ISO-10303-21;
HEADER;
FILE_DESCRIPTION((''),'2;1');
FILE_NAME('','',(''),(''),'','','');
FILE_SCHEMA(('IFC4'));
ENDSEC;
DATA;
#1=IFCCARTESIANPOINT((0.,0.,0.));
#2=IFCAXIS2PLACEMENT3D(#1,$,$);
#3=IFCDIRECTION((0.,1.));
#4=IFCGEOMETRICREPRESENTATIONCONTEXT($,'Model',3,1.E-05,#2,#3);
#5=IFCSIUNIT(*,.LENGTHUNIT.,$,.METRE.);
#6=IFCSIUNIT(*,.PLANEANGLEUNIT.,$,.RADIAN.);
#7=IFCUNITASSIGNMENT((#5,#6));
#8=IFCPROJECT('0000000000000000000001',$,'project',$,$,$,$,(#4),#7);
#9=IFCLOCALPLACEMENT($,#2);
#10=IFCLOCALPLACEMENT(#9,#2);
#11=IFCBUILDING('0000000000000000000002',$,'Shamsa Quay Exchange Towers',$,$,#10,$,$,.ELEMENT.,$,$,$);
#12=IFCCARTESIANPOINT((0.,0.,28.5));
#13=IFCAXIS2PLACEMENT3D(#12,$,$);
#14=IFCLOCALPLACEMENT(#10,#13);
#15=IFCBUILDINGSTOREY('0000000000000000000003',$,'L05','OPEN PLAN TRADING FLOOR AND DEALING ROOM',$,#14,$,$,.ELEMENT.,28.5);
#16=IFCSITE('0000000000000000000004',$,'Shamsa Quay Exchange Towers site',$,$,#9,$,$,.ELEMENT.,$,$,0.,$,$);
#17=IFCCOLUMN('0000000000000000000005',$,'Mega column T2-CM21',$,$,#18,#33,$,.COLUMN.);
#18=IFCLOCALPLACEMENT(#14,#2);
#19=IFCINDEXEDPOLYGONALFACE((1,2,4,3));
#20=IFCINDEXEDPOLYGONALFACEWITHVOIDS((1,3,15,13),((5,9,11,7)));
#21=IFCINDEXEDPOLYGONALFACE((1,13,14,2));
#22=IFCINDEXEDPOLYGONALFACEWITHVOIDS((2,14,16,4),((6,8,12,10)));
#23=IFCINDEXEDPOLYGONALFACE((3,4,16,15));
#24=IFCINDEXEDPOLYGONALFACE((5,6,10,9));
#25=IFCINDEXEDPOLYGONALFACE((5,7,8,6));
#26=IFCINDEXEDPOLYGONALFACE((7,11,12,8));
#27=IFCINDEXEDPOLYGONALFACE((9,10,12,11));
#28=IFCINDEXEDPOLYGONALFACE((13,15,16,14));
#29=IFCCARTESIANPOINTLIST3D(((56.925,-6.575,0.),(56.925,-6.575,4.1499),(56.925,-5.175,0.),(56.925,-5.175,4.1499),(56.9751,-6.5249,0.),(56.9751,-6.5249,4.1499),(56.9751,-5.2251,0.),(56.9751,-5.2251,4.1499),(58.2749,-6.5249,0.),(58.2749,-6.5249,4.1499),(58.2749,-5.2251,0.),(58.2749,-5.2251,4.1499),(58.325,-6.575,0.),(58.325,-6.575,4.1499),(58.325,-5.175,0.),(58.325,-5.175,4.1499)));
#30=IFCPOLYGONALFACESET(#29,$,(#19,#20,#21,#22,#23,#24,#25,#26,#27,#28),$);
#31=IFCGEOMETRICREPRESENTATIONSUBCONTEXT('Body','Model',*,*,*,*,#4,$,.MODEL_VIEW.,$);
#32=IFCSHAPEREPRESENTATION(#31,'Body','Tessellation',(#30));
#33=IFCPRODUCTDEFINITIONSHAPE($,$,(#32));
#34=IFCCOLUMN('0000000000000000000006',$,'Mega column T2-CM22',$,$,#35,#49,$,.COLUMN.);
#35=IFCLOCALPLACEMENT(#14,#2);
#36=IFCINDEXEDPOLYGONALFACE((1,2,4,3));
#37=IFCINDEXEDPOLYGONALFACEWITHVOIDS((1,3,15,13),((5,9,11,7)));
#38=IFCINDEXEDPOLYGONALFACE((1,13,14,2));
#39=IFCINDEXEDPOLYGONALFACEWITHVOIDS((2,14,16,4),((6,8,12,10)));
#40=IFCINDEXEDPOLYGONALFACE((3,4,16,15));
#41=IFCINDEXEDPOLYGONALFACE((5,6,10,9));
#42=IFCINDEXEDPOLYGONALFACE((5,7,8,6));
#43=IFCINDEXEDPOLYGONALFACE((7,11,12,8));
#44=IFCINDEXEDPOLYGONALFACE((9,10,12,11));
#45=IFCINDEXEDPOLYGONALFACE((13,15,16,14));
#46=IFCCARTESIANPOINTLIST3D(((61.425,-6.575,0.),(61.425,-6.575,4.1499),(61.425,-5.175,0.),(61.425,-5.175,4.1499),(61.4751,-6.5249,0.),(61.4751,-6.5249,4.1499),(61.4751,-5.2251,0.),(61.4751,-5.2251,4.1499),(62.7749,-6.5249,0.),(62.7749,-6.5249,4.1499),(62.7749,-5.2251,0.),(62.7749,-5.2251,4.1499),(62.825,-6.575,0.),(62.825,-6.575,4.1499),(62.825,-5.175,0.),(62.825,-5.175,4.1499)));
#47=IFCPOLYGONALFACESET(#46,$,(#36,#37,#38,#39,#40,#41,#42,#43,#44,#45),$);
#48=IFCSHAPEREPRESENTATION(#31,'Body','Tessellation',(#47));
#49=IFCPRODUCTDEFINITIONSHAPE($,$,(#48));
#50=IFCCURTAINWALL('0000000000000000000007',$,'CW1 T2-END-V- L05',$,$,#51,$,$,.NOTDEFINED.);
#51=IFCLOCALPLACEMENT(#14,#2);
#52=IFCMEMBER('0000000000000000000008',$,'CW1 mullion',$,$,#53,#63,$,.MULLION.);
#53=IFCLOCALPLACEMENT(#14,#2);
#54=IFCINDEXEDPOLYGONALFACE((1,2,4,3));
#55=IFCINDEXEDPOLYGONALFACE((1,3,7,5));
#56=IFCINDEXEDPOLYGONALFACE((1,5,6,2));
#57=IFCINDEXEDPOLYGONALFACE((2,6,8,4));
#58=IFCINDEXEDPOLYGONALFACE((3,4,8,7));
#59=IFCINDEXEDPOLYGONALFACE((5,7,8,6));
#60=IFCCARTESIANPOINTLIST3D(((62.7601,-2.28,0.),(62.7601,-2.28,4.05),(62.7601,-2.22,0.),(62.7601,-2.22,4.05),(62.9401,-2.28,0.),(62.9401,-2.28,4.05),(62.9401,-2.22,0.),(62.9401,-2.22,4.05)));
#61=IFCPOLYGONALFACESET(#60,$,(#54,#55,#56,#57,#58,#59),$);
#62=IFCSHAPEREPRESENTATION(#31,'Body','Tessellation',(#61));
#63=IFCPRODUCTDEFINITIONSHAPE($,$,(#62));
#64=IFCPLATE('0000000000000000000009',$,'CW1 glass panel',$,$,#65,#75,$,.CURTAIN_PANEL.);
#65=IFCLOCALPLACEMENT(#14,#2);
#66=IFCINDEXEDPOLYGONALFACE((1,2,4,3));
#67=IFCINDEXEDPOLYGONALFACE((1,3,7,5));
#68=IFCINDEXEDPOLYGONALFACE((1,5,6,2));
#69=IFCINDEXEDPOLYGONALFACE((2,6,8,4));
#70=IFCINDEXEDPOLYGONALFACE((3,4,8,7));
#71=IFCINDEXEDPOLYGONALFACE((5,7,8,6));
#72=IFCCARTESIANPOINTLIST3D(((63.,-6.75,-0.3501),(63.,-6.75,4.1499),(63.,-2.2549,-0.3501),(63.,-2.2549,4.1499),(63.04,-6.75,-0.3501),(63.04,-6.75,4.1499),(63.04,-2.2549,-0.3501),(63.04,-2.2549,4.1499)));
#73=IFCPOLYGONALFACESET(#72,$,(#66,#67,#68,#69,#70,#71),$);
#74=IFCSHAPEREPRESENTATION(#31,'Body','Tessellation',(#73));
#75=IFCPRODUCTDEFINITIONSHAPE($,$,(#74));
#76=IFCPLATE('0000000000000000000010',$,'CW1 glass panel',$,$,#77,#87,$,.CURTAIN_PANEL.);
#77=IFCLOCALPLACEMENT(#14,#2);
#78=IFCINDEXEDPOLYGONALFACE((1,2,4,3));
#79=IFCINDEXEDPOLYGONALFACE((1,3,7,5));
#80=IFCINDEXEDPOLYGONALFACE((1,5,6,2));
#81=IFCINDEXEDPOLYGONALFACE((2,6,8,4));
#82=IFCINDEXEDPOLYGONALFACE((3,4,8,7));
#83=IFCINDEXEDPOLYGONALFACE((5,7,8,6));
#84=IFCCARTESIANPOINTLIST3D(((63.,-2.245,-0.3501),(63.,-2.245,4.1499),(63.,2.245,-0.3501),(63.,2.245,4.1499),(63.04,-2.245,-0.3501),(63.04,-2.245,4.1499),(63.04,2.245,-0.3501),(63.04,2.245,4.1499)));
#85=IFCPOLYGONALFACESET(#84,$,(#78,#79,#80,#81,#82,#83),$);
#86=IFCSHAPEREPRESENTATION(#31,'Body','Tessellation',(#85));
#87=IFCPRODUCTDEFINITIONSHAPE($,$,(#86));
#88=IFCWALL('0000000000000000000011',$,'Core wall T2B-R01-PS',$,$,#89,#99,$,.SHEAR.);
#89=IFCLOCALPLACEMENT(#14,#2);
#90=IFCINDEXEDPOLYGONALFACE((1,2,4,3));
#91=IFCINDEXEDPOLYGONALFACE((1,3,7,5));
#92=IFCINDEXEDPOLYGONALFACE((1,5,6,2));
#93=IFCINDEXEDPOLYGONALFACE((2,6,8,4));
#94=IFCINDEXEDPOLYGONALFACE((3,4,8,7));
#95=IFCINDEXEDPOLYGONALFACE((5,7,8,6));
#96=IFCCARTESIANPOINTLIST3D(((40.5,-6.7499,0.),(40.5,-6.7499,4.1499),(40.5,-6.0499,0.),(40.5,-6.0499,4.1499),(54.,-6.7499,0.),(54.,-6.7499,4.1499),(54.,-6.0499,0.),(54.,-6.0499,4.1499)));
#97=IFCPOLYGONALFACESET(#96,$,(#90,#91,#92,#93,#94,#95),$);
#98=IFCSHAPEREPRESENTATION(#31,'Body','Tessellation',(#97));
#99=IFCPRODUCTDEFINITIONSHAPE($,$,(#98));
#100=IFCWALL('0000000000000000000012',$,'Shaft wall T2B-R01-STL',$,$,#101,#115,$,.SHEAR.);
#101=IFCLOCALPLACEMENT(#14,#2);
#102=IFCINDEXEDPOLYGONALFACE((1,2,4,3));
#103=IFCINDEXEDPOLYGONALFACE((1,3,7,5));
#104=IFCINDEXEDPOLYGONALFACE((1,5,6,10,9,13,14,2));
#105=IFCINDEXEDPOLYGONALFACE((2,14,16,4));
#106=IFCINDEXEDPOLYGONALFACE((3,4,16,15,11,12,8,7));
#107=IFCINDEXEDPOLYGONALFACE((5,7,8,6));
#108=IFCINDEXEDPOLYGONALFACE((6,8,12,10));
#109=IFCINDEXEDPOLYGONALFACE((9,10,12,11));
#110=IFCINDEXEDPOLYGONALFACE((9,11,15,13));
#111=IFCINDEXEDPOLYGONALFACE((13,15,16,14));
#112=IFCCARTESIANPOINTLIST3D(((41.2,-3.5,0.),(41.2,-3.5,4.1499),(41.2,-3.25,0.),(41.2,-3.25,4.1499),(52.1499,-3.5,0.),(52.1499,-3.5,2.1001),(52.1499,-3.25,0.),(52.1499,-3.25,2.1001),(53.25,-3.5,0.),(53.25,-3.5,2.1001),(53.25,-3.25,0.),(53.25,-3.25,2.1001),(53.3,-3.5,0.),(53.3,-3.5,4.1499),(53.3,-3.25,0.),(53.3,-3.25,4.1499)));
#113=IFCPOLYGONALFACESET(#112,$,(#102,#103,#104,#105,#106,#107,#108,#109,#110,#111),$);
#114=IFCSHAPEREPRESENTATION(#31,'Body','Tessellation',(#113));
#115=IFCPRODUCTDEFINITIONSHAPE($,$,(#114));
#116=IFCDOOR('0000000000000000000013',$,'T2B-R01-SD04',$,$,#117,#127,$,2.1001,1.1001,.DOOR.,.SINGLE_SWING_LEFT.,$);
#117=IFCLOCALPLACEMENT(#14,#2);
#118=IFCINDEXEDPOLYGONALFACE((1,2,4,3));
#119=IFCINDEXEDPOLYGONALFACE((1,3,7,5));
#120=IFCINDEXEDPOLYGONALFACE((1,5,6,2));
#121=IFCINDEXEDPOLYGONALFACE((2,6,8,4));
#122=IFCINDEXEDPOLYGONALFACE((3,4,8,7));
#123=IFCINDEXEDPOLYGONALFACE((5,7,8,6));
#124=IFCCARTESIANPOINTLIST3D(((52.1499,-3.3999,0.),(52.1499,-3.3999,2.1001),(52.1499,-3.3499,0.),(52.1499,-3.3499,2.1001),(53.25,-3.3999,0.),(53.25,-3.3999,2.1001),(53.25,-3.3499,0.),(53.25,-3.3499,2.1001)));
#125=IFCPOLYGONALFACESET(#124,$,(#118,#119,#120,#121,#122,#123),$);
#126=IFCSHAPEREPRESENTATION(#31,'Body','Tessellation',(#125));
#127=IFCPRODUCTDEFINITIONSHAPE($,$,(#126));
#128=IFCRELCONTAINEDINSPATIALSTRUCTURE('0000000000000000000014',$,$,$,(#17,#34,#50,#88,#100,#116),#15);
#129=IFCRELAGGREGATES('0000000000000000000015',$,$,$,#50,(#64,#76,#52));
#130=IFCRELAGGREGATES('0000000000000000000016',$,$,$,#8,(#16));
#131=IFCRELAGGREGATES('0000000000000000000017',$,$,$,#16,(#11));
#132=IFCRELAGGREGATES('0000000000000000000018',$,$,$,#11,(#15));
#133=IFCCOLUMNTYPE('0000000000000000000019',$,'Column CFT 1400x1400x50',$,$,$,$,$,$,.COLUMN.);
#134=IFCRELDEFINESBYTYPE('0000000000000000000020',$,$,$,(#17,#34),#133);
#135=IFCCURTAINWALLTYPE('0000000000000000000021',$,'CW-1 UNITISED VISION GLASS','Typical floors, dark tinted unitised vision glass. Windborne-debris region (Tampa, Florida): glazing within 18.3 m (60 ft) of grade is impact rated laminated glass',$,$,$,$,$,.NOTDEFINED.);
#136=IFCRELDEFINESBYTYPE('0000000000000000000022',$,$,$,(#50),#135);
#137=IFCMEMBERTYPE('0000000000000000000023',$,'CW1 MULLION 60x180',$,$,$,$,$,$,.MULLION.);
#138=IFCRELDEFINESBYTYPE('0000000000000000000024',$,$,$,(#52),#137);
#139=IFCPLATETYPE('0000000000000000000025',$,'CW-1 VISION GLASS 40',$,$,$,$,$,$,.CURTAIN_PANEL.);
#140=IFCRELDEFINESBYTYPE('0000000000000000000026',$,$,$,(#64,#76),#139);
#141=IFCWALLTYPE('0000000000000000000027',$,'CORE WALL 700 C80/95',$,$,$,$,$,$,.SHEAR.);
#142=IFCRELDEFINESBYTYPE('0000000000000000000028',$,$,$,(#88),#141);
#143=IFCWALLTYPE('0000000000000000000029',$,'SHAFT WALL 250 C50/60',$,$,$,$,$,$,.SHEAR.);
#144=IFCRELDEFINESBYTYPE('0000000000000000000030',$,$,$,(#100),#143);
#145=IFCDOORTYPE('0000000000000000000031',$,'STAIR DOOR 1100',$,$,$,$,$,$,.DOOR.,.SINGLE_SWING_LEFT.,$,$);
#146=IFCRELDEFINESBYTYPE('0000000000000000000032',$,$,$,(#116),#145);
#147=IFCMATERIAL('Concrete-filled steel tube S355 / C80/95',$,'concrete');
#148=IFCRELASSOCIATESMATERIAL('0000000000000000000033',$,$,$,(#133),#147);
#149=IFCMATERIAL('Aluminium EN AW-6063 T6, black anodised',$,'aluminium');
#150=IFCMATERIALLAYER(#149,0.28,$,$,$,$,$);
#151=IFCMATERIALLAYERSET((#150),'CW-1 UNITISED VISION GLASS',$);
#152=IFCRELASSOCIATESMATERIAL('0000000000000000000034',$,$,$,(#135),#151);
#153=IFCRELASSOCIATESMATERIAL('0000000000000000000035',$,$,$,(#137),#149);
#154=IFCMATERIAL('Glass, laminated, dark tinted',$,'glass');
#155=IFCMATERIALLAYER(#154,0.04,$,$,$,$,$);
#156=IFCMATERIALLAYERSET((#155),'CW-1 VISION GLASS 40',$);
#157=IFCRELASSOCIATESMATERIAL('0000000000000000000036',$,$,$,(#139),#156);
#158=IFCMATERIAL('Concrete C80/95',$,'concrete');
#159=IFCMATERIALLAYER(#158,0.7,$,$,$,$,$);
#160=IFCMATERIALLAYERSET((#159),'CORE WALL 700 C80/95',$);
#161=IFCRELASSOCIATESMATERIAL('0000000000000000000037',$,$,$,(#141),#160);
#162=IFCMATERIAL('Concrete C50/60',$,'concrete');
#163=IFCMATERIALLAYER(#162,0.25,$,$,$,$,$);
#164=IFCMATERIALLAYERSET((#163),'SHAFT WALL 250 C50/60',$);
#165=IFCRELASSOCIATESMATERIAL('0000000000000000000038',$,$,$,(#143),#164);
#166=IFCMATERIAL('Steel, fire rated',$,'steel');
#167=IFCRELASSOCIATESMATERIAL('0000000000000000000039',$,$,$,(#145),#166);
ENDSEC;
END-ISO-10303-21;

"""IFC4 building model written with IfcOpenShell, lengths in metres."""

from ifc_helpers import new_model, si_unit, direction, frame, frame_2d, origin, origin_2d, place, context, subcontext, project, spatial, rectangle, hollow_rectangle, extrude, material, layer, layer_set, material_profile, profile_set, type_object, element, fill, aggregate, save


model = new_model("IFC4")

# Units and contexts
model_context = context("Model", 3, precision=1e-05, world=origin(), true_north=direction((0.0, 1.0)))
body_context = subcontext(model_context, "Body", "Model", "MODEL_VIEW")
ifc_project = project(units=[si_unit("LENGTHUNIT", "METRE"), si_unit("PLANEANGLEUNIT", "RADIAN")], contexts=[model_context])

# Site, building, storey
site_placement = place(None, origin())
site = spatial("IfcSite", under=ifc_project, at=site_placement, Name="Shamsa Quay Exchange Towers site", CompositionType="ELEMENT", RefElevation=0.0)
building_placement = place(site_placement, origin())
building = spatial("IfcBuilding", under=site, at=building_placement, Name="Shamsa Quay Exchange Towers", CompositionType="ELEMENT")
storey_placement = place(building_placement, frame((0.0, 0.0, 28.5)))
storey = spatial("IfcBuildingStorey", under=building, at=storey_placement, Name="L05", Description="OPEN PLAN TRADING FLOOR AND DEALING ROOM", CompositionType="ELEMENT", Elevation=28.5)

# Columns
ifc_material_1 = material(Name="Concrete-filled steel tube S355 / C80/95", Category="concrete")
ifc_material_profile_1 = material_profile(ifc_material_1, hollow_rectangle(XDim=1.3999, YDim=1.3999, WallThickness=0.05, at=origin_2d()), Name="CFT 1400x1400x50")
ifc_profile_set_1 = profile_set([ifc_material_profile_1], Name="Concrete-filled steel tube S355 / C80/95")
column_type = type_object("IfcColumnType", Name="Column CFT 1400x1400x50", PredefinedType="COLUMN", material=ifc_profile_set_1)
for number, where, name in (
    (1, (57.625, -5.875, 0.0), "Mega column T2-CM21"),
    (2, (62.125, -5.875, 0.0), "Mega column T2-CM22"),
):
    element("IfcColumn", number, at=place(storey_placement, frame(where)), inside=storey, type_object=column_type, Name=name, PredefinedType="COLUMN", context=body_context, shape_type="SweptSolid", body=[
        extrude(hollow_rectangle(XDim=1.3999, YDim=1.3999, WallThickness=0.05, at=origin_2d()), origin(), (0.0, 0.0, 1.0), 4.1499),
    ])

# Curtain wall, member, plates
ifc_material_2 = material(Name="Aluminium EN AW-6063 T6, black anodised", Category="aluminium")
ifc_layer_1 = layer(ifc_material_2, 0.28)
ifc_layer_set_1 = layer_set([ifc_layer_1], Name="CW-1 UNITISED VISION GLASS")
curtain_wall_type = type_object("IfcCurtainWallType", Name="CW-1 UNITISED VISION GLASS", Description="Typical floors, dark tinted unitised vision glass. Windborne-debris region (Tampa, Florida): glazing within 18.3 m (60 ft) of grade is impact rated laminated glass", PredefinedType="NOTDEFINED", material=ifc_layer_set_1)
curtain_wall_placement = place(storey_placement, origin())
curtain_wall = element("IfcCurtainWall", 3, at=curtain_wall_placement, inside=storey, type_object=curtain_wall_type, Name="CW1 T2-END-V- L05", PredefinedType="NOTDEFINED")
ifc_material_profile_2 = material_profile(ifc_material_2, rectangle(XDim=0.1799, YDim=0.0601, at=origin_2d()), Name="MU60x180")
ifc_profile_set_2 = profile_set([ifc_material_profile_2], Name="Aluminium EN AW-6063 T6, black anodised")
member_type = type_object("IfcMemberType", Name="CW1 MULLION 60x180", PredefinedType="MULLION", material=ifc_profile_set_2)
member_placement = place(storey_placement, frame((62.8501, -2.25, 0.0), z_axis=(0.0, 0.0, 1.0), x_axis=(-1.0, 0.0, 0.0)))
member = element("IfcMember", 4, at=member_placement, type_object=member_type, Name="CW1 mullion", PredefinedType="MULLION", context=body_context, shape_type="SweptSolid", body=[
    extrude(rectangle(XDim=0.1799, YDim=0.0601, at=origin_2d()), origin(), (0.0, 0.0, 1.0), 4.05),
])
ifc_material_3 = material(Name="Glass, laminated, dark tinted", Category="glass")
ifc_layer_2 = layer(ifc_material_3, 0.04)
ifc_layer_set_2 = layer_set([ifc_layer_2], Name="CW-1 VISION GLASS 40")
plate_type = type_object("IfcPlateType", Name="CW-1 VISION GLASS 40", PredefinedType="CURTAIN_PANEL", material=ifc_layer_set_2)
plate_1_placement = place(storey_placement, frame((63.02, -4.5024, -0.3501), z_axis=(0.0, 0.0, 1.0), x_axis=(0.0, 1.0, 0.0)))
plate_1 = element("IfcPlate", 5, at=plate_1_placement, type_object=plate_type, Name="CW1 glass panel", PredefinedType="CURTAIN_PANEL", context=body_context, shape_type="SweptSolid", body=[
    extrude(rectangle(XDim=4.4951, YDim=0.04, at=origin_2d()), origin(), (0.0, 0.0, 1.0), 4.5),
])
plate_2_placement = place(storey_placement, frame((63.02, 0.0, -0.3501), z_axis=(0.0, 0.0, 1.0), x_axis=(0.0, 1.0, 0.0)))
plate_2 = element("IfcPlate", 6, at=plate_2_placement, type_object=plate_type, Name="CW1 glass panel", PredefinedType="CURTAIN_PANEL", context=body_context, shape_type="SweptSolid", body=[
    extrude(rectangle(XDim=4.49, YDim=0.04, at=origin_2d()), origin(), (0.0, 0.0, 1.0), 4.5),
])
aggregate(curtain_wall, [plate_1, plate_2, member])

# Wall
ifc_material_4 = material(Name="Concrete C80/95", Category="concrete")
ifc_layer_3 = layer(ifc_material_4, 0.7)
ifc_layer_set_3 = layer_set([ifc_layer_3], Name="CORE WALL 700 C80/95")
wall_type_1 = type_object("IfcWallType", Name="CORE WALL 700 C80/95", PredefinedType="SHEAR", material=ifc_layer_set_3)
wall_1_placement = place(storey_placement, frame((54.0, -6.3999, 0.0), z_axis=(0.0, 0.0, 1.0), x_axis=(-1.0, 0.0, 0.0)))
element("IfcWall", 7, at=wall_1_placement, inside=storey, type_object=wall_type_1, Name="Core wall T2B-R01-PS", PredefinedType="SHEAR", context=body_context, shape_type="SweptSolid", body=[
    extrude(rectangle(XDim=13.5, YDim=0.7, at=frame_2d((6.75, 0.0))), origin(), (0.0, 0.0, 1.0), 4.1499),
])

# Wall, opening, door
ifc_material_5 = material(Name="Steel, fire rated", Category="steel")
ifc_material_6 = material(Name="Concrete C50/60", Category="concrete")
ifc_layer_4 = layer(ifc_material_6, 0.25)
ifc_layer_set_4 = layer_set([ifc_layer_4], Name="SHAFT WALL 250 C50/60")
wall_type_2 = type_object("IfcWallType", Name="SHAFT WALL 250 C50/60", PredefinedType="SHEAR", material=ifc_layer_set_4)
wall_2_placement = place(storey_placement, frame((53.3, -3.375, 0.0), z_axis=(0.0, 0.0, 1.0), x_axis=(-1.0, 0.0, 0.0)))
wall_2 = element("IfcWall", 8, at=wall_2_placement, inside=storey, type_object=wall_type_2, Name="Shaft wall T2B-R01-STL", PredefinedType="SHEAR", context=body_context, shape_type="SweptSolid", body=[
    extrude(rectangle(XDim=12.1001, YDim=0.25, at=frame_2d((6.05, 0.0))), origin(), (0.0, 0.0, 1.0), 4.1499),
])
opening_1_placement = place(wall_2_placement, frame((0.05, 0.0, 0.0)))
opening_1 = element("IfcOpeningElement", 9, at=opening_1_placement, cuts=wall_2, PredefinedType="OPENING", context=body_context, shape_type="SweptSolid", body=[
    extrude(rectangle(XDim=1.1001, YDim=2.1001, at=frame_2d((0.55, 1.05))), frame((0.0, 0.135, 0.0), z_axis=(0.0, -1.0, 0.0), x_axis=(1.0, 0.0, 0.0)), (0.0, 0.0, 1.0), 0.27),
])
door_type_1 = type_object("IfcDoorType", Name="STAIR DOOR 1100", OperationType="SINGLE_SWING_LEFT", PredefinedType="DOOR", material=ifc_material_5)
door_1_placement = place(opening_1_placement, origin())
door_1 = element("IfcDoor", 10, at=door_1_placement, inside=storey, type_object=door_type_1, Name="T2B-R01-SD04", OperationType="SINGLE_SWING_LEFT", OverallHeight=2.1001, OverallWidth=1.1001, PredefinedType="DOOR", context=body_context, shape_type="SweptSolid", body=[
    extrude(rectangle(XDim=1.1001, YDim=2.1001, at=frame_2d((0.55, 1.05))), frame((0.0, 0.0249, 0.0), z_axis=(0.0, -1.0, 0.0), x_axis=(1.0, 0.0, 0.0)), (0.0, 0.0, 1.0), 0.05),
])
fill(opening_1, door_1)

save(model, "model.ifc")
